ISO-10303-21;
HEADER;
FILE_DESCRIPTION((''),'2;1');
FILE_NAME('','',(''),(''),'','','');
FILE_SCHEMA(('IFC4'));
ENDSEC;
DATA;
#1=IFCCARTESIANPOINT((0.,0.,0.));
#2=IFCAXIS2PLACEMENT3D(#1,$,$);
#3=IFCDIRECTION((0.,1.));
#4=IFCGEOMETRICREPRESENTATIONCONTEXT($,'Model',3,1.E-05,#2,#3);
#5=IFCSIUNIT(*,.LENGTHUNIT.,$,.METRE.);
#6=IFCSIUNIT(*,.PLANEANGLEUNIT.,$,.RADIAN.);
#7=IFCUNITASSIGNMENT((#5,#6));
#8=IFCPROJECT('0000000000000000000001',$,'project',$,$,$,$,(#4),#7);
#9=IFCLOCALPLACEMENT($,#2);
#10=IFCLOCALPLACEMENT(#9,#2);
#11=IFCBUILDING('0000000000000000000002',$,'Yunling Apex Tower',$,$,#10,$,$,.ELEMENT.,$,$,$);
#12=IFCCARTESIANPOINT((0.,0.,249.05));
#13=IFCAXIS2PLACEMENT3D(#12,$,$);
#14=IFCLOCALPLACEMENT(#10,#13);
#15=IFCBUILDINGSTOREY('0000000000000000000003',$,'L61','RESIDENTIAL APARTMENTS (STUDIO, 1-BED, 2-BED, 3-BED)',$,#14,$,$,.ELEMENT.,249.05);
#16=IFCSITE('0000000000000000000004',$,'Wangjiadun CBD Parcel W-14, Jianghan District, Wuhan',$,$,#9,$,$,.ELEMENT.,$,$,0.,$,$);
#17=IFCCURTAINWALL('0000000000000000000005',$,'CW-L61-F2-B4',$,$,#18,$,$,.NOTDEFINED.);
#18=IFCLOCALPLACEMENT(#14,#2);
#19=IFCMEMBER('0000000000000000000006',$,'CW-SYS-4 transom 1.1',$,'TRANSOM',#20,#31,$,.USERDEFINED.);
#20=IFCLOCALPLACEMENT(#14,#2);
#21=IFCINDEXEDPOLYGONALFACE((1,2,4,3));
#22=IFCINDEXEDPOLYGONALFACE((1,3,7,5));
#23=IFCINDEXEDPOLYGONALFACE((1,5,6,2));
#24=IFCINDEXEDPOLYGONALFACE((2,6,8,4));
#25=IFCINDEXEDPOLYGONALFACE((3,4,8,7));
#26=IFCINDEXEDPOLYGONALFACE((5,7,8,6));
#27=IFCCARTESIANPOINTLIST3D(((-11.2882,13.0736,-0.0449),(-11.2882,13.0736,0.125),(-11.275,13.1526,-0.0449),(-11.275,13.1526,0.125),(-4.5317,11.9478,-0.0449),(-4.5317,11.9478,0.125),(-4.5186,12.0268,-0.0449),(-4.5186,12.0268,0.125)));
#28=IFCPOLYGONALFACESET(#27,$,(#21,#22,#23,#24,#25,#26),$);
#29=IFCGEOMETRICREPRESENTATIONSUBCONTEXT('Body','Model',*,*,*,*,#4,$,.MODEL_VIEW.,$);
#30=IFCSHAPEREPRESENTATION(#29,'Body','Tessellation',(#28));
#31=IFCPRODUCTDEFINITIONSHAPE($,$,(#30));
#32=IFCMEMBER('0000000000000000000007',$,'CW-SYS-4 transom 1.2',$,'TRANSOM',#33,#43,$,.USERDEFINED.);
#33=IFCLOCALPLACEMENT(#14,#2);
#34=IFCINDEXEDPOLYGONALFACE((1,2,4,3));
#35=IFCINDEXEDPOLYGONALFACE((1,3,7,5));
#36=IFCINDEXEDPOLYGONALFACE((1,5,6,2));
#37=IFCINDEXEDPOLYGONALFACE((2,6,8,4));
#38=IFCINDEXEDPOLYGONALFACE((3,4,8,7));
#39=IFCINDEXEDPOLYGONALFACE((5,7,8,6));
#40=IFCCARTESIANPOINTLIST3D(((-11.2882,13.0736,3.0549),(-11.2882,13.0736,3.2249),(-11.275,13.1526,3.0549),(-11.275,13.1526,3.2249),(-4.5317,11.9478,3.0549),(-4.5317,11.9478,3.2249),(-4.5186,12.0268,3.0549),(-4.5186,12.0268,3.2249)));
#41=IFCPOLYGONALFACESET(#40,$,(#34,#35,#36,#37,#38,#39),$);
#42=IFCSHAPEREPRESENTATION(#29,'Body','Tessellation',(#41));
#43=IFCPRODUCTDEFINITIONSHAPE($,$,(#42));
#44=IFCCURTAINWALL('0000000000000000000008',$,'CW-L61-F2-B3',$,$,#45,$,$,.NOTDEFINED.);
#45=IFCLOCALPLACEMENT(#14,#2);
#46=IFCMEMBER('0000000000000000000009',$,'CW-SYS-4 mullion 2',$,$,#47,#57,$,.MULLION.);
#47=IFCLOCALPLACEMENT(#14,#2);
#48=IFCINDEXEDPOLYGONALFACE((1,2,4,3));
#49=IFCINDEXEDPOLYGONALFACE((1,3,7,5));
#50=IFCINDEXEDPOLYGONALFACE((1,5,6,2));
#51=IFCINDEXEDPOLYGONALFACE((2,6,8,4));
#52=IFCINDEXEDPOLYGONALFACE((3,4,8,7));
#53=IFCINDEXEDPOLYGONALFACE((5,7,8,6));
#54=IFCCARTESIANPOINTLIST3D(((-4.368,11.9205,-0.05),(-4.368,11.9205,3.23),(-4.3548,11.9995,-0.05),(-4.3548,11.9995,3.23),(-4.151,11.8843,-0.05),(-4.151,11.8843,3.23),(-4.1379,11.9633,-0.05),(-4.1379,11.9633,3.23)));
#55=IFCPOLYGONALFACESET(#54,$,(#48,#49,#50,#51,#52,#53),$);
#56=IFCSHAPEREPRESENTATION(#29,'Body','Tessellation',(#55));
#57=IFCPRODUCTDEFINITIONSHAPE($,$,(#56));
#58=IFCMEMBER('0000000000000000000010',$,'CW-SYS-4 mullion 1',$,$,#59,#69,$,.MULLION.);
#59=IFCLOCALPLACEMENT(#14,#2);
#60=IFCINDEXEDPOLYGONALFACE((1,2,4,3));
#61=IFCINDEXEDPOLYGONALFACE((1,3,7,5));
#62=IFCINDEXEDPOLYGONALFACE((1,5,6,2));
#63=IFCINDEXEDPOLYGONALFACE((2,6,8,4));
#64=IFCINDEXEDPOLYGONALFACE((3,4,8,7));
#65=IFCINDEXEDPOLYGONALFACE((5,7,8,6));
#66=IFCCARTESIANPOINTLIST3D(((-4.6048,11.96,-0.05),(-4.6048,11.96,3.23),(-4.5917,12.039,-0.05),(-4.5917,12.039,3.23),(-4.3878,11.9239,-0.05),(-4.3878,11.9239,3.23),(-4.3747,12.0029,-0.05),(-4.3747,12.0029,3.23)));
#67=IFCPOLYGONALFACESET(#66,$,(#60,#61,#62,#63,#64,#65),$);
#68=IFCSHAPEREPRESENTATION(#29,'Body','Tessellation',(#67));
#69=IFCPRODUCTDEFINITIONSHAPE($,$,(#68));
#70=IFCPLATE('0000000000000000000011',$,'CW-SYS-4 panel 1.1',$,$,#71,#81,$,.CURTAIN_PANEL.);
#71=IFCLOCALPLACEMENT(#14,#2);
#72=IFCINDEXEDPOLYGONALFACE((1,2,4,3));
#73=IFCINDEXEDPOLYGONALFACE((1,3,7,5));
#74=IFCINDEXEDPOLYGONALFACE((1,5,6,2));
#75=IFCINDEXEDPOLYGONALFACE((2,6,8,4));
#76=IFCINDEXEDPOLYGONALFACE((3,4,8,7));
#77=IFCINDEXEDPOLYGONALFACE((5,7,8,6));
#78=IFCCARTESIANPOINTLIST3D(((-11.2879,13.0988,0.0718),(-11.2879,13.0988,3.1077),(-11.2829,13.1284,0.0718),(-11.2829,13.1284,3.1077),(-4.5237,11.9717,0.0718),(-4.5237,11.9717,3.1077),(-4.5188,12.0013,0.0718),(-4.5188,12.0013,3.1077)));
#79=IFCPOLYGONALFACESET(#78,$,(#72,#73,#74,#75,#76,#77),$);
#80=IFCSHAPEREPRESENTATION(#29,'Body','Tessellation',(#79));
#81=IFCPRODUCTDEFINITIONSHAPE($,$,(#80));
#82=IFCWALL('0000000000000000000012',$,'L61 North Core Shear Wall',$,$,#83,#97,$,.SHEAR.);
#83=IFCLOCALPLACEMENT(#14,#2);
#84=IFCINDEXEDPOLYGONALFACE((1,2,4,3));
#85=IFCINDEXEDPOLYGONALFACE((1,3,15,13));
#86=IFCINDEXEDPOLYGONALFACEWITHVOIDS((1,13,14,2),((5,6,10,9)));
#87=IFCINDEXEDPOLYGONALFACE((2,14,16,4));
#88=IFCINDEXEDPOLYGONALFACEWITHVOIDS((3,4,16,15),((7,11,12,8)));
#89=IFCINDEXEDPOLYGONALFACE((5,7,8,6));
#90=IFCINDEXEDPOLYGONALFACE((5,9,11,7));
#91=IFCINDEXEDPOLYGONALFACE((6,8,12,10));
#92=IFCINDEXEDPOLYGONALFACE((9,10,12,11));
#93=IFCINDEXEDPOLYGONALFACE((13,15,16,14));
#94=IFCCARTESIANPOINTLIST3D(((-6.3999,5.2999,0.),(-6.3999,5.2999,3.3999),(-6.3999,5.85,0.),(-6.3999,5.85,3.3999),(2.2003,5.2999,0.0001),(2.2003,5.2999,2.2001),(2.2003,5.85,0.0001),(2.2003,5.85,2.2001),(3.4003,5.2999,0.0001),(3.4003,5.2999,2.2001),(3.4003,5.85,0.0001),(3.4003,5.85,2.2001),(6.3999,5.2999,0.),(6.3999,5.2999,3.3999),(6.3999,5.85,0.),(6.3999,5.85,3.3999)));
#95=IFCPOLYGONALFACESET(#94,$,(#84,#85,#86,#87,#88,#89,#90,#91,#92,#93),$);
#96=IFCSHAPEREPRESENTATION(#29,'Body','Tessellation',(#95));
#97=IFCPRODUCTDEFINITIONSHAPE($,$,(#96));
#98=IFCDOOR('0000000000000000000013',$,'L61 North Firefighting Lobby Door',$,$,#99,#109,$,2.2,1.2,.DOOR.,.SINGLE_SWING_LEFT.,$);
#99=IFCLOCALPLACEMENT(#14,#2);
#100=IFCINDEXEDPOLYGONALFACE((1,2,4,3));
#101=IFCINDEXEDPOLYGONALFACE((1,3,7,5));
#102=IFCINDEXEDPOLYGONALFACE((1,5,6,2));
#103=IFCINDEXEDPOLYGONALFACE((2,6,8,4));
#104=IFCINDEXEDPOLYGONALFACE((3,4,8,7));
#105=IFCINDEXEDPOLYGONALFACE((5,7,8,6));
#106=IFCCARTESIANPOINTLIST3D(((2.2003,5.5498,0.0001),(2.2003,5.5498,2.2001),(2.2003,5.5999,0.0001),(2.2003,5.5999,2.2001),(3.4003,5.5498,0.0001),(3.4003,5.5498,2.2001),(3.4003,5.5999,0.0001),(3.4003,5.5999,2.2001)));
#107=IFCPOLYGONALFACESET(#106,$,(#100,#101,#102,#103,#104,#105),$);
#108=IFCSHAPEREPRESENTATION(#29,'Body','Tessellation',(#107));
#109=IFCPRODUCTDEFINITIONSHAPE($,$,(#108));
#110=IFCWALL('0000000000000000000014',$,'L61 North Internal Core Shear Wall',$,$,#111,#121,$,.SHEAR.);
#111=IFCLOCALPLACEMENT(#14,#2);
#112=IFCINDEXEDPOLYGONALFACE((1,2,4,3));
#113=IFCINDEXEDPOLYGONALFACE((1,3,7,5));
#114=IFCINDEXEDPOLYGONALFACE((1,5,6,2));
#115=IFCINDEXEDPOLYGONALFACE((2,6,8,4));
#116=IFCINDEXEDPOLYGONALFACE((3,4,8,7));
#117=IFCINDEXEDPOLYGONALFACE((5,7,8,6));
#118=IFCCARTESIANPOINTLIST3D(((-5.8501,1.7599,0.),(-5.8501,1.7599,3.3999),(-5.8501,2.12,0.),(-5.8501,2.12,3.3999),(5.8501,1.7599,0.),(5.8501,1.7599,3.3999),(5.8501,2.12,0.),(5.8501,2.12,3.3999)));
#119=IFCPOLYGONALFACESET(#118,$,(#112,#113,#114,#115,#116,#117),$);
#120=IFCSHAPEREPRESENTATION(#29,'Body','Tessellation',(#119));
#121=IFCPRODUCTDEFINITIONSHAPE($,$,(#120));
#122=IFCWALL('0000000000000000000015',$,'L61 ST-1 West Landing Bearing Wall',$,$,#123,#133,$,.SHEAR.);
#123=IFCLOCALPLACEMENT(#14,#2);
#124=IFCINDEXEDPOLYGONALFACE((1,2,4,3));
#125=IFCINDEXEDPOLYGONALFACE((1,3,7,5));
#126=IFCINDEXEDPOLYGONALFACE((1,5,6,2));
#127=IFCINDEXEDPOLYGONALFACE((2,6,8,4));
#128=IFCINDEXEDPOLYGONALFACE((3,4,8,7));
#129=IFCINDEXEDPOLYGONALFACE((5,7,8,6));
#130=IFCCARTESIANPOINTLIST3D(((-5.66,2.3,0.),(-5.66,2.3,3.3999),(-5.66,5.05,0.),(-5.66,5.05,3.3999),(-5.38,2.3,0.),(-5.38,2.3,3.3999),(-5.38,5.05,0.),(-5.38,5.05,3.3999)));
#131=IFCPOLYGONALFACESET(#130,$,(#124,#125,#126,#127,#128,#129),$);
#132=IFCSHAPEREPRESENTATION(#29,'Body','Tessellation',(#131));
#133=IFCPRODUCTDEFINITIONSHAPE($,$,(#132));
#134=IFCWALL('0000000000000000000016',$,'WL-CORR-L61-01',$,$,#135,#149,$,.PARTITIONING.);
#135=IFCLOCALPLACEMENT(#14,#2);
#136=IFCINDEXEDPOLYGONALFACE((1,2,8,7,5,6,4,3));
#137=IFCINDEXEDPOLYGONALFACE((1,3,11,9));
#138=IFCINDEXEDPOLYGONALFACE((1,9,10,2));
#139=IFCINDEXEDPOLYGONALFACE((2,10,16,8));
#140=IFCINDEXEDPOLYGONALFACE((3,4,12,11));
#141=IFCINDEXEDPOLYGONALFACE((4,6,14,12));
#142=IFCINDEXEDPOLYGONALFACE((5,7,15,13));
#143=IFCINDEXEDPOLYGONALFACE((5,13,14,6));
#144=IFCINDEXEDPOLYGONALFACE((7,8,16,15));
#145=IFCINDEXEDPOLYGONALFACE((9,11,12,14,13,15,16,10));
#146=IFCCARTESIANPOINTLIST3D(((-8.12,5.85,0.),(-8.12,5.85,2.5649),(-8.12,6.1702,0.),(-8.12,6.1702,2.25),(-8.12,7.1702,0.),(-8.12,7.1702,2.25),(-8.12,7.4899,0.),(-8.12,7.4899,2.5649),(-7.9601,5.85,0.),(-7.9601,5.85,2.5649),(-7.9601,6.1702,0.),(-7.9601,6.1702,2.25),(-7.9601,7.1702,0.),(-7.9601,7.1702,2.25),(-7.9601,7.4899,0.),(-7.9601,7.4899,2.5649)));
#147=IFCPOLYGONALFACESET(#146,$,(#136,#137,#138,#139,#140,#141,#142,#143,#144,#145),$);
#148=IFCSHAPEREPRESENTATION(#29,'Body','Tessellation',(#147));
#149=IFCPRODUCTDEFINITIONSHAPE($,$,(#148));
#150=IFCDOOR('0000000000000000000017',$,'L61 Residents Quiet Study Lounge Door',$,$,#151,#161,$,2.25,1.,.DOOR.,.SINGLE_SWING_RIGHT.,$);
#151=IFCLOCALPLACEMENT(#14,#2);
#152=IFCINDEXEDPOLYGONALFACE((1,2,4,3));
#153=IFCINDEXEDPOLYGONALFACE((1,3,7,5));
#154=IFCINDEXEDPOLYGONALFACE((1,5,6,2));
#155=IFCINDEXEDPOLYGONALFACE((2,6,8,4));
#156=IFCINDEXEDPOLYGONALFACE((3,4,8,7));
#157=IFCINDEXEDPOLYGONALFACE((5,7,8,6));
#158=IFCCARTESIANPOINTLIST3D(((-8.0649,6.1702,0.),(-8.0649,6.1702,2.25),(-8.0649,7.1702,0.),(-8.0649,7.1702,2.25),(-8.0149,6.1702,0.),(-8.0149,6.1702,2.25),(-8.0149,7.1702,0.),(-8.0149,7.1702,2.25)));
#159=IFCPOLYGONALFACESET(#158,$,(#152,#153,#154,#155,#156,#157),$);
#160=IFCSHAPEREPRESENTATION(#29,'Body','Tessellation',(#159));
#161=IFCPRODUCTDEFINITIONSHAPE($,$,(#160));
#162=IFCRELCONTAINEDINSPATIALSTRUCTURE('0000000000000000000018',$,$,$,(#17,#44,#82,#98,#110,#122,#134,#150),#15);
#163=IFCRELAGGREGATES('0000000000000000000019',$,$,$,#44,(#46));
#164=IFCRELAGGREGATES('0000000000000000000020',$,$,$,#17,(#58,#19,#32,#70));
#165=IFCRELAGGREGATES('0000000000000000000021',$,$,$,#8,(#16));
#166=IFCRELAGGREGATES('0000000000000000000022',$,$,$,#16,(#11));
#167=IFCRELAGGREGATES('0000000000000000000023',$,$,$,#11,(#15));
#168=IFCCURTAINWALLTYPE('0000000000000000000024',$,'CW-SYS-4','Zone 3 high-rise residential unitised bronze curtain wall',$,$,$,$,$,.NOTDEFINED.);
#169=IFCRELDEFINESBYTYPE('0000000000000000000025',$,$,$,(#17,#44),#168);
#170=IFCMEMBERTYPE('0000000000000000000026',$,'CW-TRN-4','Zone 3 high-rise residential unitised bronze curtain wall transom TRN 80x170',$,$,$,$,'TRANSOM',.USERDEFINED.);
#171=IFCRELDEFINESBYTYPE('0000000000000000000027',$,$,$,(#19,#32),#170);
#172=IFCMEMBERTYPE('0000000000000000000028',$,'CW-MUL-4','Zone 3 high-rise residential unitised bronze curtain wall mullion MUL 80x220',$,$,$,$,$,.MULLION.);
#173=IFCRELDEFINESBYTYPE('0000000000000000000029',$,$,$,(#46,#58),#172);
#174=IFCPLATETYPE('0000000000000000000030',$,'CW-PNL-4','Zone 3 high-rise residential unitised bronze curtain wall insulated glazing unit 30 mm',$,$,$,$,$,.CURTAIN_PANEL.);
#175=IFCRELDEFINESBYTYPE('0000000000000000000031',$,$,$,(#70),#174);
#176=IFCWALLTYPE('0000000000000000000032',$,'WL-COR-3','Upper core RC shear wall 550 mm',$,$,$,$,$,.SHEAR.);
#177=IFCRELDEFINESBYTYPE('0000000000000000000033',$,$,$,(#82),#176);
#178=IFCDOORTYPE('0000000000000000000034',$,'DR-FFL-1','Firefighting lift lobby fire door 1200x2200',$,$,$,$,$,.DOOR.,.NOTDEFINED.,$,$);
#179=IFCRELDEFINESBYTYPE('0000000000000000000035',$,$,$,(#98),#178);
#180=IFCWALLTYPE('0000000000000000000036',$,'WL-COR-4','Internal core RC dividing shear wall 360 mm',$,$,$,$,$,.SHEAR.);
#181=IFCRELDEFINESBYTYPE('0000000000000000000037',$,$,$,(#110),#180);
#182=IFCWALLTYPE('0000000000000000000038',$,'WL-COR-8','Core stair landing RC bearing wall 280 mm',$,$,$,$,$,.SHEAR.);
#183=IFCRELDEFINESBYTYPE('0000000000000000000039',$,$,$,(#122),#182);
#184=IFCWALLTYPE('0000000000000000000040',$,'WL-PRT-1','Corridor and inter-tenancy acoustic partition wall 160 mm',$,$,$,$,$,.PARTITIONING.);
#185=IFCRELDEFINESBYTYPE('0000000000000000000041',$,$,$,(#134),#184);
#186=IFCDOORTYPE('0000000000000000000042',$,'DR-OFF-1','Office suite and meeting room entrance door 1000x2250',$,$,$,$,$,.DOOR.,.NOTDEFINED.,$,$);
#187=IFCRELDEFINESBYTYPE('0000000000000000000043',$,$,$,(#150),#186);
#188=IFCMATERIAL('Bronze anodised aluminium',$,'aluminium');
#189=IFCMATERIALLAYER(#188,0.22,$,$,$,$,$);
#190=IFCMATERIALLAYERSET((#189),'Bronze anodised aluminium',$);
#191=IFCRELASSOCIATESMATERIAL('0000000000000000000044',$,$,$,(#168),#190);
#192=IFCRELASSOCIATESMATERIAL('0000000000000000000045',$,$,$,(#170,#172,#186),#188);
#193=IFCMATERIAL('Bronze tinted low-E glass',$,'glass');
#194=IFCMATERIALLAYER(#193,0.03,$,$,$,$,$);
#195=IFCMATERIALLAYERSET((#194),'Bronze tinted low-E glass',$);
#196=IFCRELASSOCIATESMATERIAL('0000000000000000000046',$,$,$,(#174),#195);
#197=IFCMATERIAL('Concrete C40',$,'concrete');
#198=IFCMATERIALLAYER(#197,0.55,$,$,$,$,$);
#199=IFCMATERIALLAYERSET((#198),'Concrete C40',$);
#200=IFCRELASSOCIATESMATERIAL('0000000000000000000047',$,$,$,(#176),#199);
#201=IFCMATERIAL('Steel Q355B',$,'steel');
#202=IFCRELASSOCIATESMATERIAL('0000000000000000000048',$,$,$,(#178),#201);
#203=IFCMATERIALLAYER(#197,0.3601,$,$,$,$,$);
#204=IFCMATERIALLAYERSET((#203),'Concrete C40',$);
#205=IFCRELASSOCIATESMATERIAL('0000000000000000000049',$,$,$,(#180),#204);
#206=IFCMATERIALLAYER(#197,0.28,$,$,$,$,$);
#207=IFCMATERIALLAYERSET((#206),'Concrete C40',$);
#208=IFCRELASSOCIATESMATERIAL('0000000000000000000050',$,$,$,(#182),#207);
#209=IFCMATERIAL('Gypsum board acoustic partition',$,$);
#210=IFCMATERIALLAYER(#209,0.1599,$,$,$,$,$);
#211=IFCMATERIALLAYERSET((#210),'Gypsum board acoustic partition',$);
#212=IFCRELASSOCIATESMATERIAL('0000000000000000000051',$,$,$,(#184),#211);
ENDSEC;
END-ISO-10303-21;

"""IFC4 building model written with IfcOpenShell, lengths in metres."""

from ifc_helpers import new_model, si_unit, direction, frame, frame_2d, origin, origin_2d, place, context, subcontext, project, spatial, rectangle, extrude, source, transform, mapped, material, layer, layer_set, material_profile, profile_set, type_object, element, fill, aggregate, save


model = new_model("IFC4")

# Units and contexts
model_context = context("Model", 3, precision=1e-05, world=origin(), true_north=direction((0.0, 1.0)))
body_context = subcontext(model_context, "Body", "Model", "MODEL_VIEW")
ifc_project = project(units=[si_unit("LENGTHUNIT", "METRE"), si_unit("PLANEANGLEUNIT", "RADIAN")], contexts=[model_context])

# Site, building, storey
site_placement = place(None, origin())
site = spatial("IfcSite", under=ifc_project, at=site_placement, Name="Wangjiadun CBD Parcel W-14, Jianghan District, Wuhan", CompositionType="ELEMENT", RefElevation=0.0)
building_placement = place(site_placement, origin())
building = spatial("IfcBuilding", under=site, at=building_placement, Name="Yunling Apex Tower", CompositionType="ELEMENT")
storey_placement = place(building_placement, frame((0.0, 0.0, 249.05)))
storey = spatial("IfcBuildingStorey", under=building, at=storey_placement, Name="L61", Description="RESIDENTIAL APARTMENTS (STUDIO, 1-BED, 2-BED, 3-BED)", CompositionType="ELEMENT", Elevation=249.05)

# Shared definitions
ifc_material_1 = material(Name="Steel Q355B", Category="steel")

# Curtain wall, members
ifc_material_2 = material(Name="Bronze anodised aluminium", Category="aluminium")
ifc_layer_1 = layer(ifc_material_2, 0.22)
ifc_layer_set_1 = layer_set([ifc_layer_1], Name="Bronze anodised aluminium")
curtain_wall_type = type_object("IfcCurtainWallType", Name="CW-SYS-4", Description="Zone 3 high-rise residential unitised bronze curtain wall", PredefinedType="NOTDEFINED", material=ifc_layer_set_1)
curtain_wall_1_placement = place(storey_placement, origin())
curtain_wall_1 = element("IfcCurtainWall", 1, at=curtain_wall_1_placement, inside=storey, type_object=curtain_wall_type, Name="CW-L61-F2-B4", PredefinedType="NOTDEFINED")
ifc_material_profile_1 = material_profile(ifc_material_2, rectangle(XDim=0.0801, YDim=0.1699, at=origin_2d()))
ifc_profile_set_1 = profile_set([ifc_material_profile_1], Name="Bronze anodised aluminium")
member_type_1 = type_object("IfcMemberType", Name="CW-TRN-4", Description="Zone 3 high-rise residential unitised bronze curtain wall transom TRN 80x170", ElementType="TRANSOM", PredefinedType="USERDEFINED", material=ifc_profile_set_1)
shared_shape_1 = source(origin(), body_context, "Body", "SweptSolid", [
    extrude(rectangle(XDim=0.0801, YDim=0.1699, at=origin_2d()), origin(), (0.0, 0.0, 1.0), 6.8496),
])
member_1_placement = place(storey_placement, frame((-4.5251, 11.9873, 0.04), z_axis=(-0.986402, 0.164353, 0.0), x_axis=(-0.164353, -0.986402, 0.0)))
member_1 = element("IfcMember", 2, at=member_1_placement, type_object=member_type_1, Name="CW-SYS-4 transom 1.1", ObjectType="TRANSOM", PredefinedType="USERDEFINED", context=body_context, shape_type="MappedRepresentation", body=[
    mapped(shared_shape_1, transform((0.0, 0.0, 0.0), scale=1.0)),
])
member_2_placement = place(storey_placement, frame((-4.5251, 11.9873, 3.1399), z_axis=(-0.986402, 0.164353, 0.0), x_axis=(-0.164353, -0.986402, 0.0)))
member_2 = element("IfcMember", 3, at=member_2_placement, type_object=member_type_1, Name="CW-SYS-4 transom 1.2", ObjectType="TRANSOM", PredefinedType="USERDEFINED", context=body_context, shape_type="MappedRepresentation", body=[
    mapped(shared_shape_1, transform((0.0, 0.0, 0.0), scale=1.0)),
])

# Curtain wall, member
curtain_wall_2_placement = place(storey_placement, origin())
curtain_wall_2 = element("IfcCurtainWall", 4, at=curtain_wall_2_placement, inside=storey, type_object=curtain_wall_type, Name="CW-L61-F2-B3", PredefinedType="NOTDEFINED")
ifc_material_profile_2 = material_profile(ifc_material_2, rectangle(XDim=0.0801, YDim=0.22, at=origin_2d()))
ifc_profile_set_2 = profile_set([ifc_material_profile_2], Name="Bronze anodised aluminium")
member_type_2 = type_object("IfcMemberType", Name="CW-MUL-4", Description="Zone 3 high-rise residential unitised bronze curtain wall mullion MUL 80x220", PredefinedType="MULLION", material=ifc_profile_set_2)
shared_shape_2 = source(origin(), body_context, "Body", "SweptSolid", [
    extrude(rectangle(XDim=0.0801, YDim=0.22, at=origin_2d()), origin(), (0.0, 0.0, 1.0), 3.28),
])
member_3_placement = place(storey_placement, frame((-4.2529, 11.9419, -0.05), z_axis=(0.0, 0.0, 1.0), x_axis=(-0.164353, -0.986402, 0.0)))
member_3 = element("IfcMember", 5, at=member_3_placement, type_object=member_type_2, Name="CW-SYS-4 mullion 2", PredefinedType="MULLION", context=body_context, shape_type="MappedRepresentation", body=[
    mapped(shared_shape_2, transform((0.0, 0.0, 0.0), scale=1.0)),
])
aggregate(curtain_wall_2, [member_3])

# Member
member_4_placement = place(storey_placement, frame((-4.4897, 11.9814, -0.05), z_axis=(0.0, 0.0, 1.0), x_axis=(-0.164353, -0.986402, 0.0)))
member_4 = element("IfcMember", 6, at=member_4_placement, type_object=member_type_2, Name="CW-SYS-4 mullion 1", PredefinedType="MULLION", context=body_context, shape_type="MappedRepresentation", body=[
    mapped(shared_shape_2, transform((0.0, 0.0, 0.0), scale=1.0)),
])

# Plate
ifc_material_3 = material(Name="Bronze tinted low-E glass", Category="glass")
ifc_layer_2 = layer(ifc_material_3, 0.03)
ifc_layer_set_2 = layer_set([ifc_layer_2], Name="Bronze tinted low-E glass")
plate_type = type_object("IfcPlateType", Name="CW-PNL-4", Description="Zone 3 high-rise residential unitised bronze curtain wall insulated glazing unit 30 mm", PredefinedType="CURTAIN_PANEL", material=ifc_layer_set_2)
shared_shape_3 = source(origin(), body_context, "Body", "SweptSolid", [
    extrude(rectangle(XDim=6.8574, YDim=0.03, at=origin_2d()), origin(), (0.0, 0.0, 1.0), 3.0359),
])
plate_placement = place(storey_placement, frame((-7.9033, 12.55, 0.0718), z_axis=(0.0, 0.0, 1.0), x_axis=(-0.986402, 0.164353, 0.0)))
plate = element("IfcPlate", 7, at=plate_placement, type_object=plate_type, Name="CW-SYS-4 panel 1.1", PredefinedType="CURTAIN_PANEL", context=body_context, shape_type="MappedRepresentation", body=[
    mapped(shared_shape_3, transform((0.0, 0.0, 0.0), scale=1.0)),
])
aggregate(curtain_wall_1, [member_4, member_1, member_2, plate])

# Wall, opening, door
ifc_material_4 = material(Name="Concrete C40", Category="concrete")
ifc_layer_3 = layer(ifc_material_4, 0.55)
ifc_layer_set_3 = layer_set([ifc_layer_3], Name="Concrete C40")
wall_type_1 = type_object("IfcWallType", Name="WL-COR-3", Description="Upper core RC shear wall 550 mm", PredefinedType="SHEAR", material=ifc_layer_set_3)
wall_1_placement = place(storey_placement, frame((-6.3999, 5.575, 0.0), z_axis=(0.0, 0.0, 1.0), x_axis=(1.0, 0.0, 0.0)))
wall_1 = element("IfcWall", 8, at=wall_1_placement, inside=storey, type_object=wall_type_1, Name="L61 North Core Shear Wall", PredefinedType="SHEAR", context=body_context, shape_type="SweptSolid", body=[
    extrude(rectangle(XDim=12.7998, YDim=0.55, at=frame_2d((6.3999, 0.0))), origin(), (0.0, 0.0, 1.0), 3.3999),
])
opening_1_placement = place(wall_1_placement, frame((8.6001, 0.0, 0.0)))
opening_1 = element("IfcOpeningElement", 9, at=opening_1_placement, cuts=wall_1, PredefinedType="OPENING", context=body_context, shape_type="SweptSolid", body=[
    extrude(rectangle(XDim=1.2, YDim=2.2, at=frame_2d((0.6001, 1.1001))), frame((0.0, 0.2852, 0.0), z_axis=(0.0, -1.0, 0.0), x_axis=(1.0, 0.0, 0.0)), (0.0, 0.0, 1.0), 0.5701),
])
door_type_1 = type_object("IfcDoorType", Name="DR-FFL-1", Description="Firefighting lift lobby fire door 1200x2200", OperationType="NOTDEFINED", PredefinedType="DOOR", material=ifc_material_1)
door_1_placement = place(opening_1_placement, origin())
door_1 = element("IfcDoor", 10, at=door_1_placement, inside=storey, type_object=door_type_1, Name="L61 North Firefighting Lobby Door", OperationType="SINGLE_SWING_LEFT", OverallHeight=2.2, OverallWidth=1.2, PredefinedType="DOOR", context=body_context, shape_type="SweptSolid", body=[
    extrude(rectangle(XDim=1.2, YDim=2.2, at=frame_2d((0.6001, 1.1001))), frame((0.0, 0.0249, 0.0), z_axis=(0.0, -1.0, 0.0), x_axis=(1.0, 0.0, 0.0)), (0.0, 0.0, 1.0), 0.05),
])
fill(opening_1, door_1)

# Walls
ifc_layer_4 = layer(ifc_material_4, 0.3601)
ifc_layer_set_4 = layer_set([ifc_layer_4], Name="Concrete C40")
wall_type_2 = type_object("IfcWallType", Name="WL-COR-4", Description="Internal core RC dividing shear wall 360 mm", PredefinedType="SHEAR", material=ifc_layer_set_4)
wall_2_placement = place(storey_placement, frame((-5.8501, 1.9399, 0.0), z_axis=(0.0, 0.0, 1.0), x_axis=(1.0, 0.0, 0.0)))
element("IfcWall", 11, at=wall_2_placement, inside=storey, type_object=wall_type_2, Name="L61 North Internal Core Shear Wall", PredefinedType="SHEAR", context=body_context, shape_type="SweptSolid", body=[
    extrude(rectangle(XDim=11.7002, YDim=0.3601, at=frame_2d((5.8501, 0.0))), origin(), (0.0, 0.0, 1.0), 3.3999),
])
ifc_layer_5 = layer(ifc_material_4, 0.28)
ifc_layer_set_5 = layer_set([ifc_layer_5], Name="Concrete C40")
wall_type_3 = type_object("IfcWallType", Name="WL-COR-8", Description="Core stair landing RC bearing wall 280 mm", PredefinedType="SHEAR", material=ifc_layer_set_5)
wall_3_placement = place(storey_placement, frame((-5.52, 2.3, 0.0), z_axis=(0.0, 0.0, 1.0), x_axis=(0.0, 1.0, 0.0)))
element("IfcWall", 12, at=wall_3_placement, inside=storey, type_object=wall_type_3, Name="L61 ST-1 West Landing Bearing Wall", PredefinedType="SHEAR", context=body_context, shape_type="SweptSolid", body=[
    extrude(rectangle(XDim=2.75, YDim=0.28, at=frame_2d((1.375, 0.0))), origin(), (0.0, 0.0, 1.0), 3.3999),
])

# Wall, opening, door
ifc_material_5 = material(Name="Gypsum board acoustic partition")
ifc_layer_6 = layer(ifc_material_5, 0.1599)
ifc_layer_set_6 = layer_set([ifc_layer_6], Name="Gypsum board acoustic partition")
wall_type_4 = type_object("IfcWallType", Name="WL-PRT-1", Description="Corridor and inter-tenancy acoustic partition wall 160 mm", PredefinedType="PARTITIONING", material=ifc_layer_set_6)
wall_4_placement = place(storey_placement, frame((-8.04, 5.8501, 0.0), z_axis=(0.0, 0.0, 1.0), x_axis=(0.0, 1.0, 0.0)))
wall_4 = element("IfcWall", 13, at=wall_4_placement, inside=storey, type_object=wall_type_4, Name="WL-CORR-L61-01", PredefinedType="PARTITIONING", context=body_context, shape_type="SweptSolid", body=[
    extrude(rectangle(XDim=1.6399, YDim=0.1599, at=frame_2d((0.8198, 0.0))), origin(), (0.0, 0.0, 1.0), 2.5649),
])
opening_2_placement = place(wall_4_placement, frame((0.3201, 0.0, 0.0)))
opening_2 = element("IfcOpeningElement", 14, at=opening_2_placement, cuts=wall_4, PredefinedType="OPENING", context=body_context, shape_type="SweptSolid", body=[
    extrude(rectangle(XDim=1.0, YDim=2.25, at=frame_2d((0.5, 1.125))), frame((0.0, 0.0898, 0.0), z_axis=(0.0, -1.0, 0.0), x_axis=(1.0, 0.0, 0.0)), (0.0, 0.0, 1.0), 0.1799),
])
door_type_2 = type_object("IfcDoorType", Name="DR-OFF-1", Description="Office suite and meeting room entrance door 1000x2250", OperationType="NOTDEFINED", PredefinedType="DOOR", material=ifc_material_2)
door_2_placement = place(opening_2_placement, origin())
door_2 = element("IfcDoor", 15, at=door_2_placement, inside=storey, type_object=door_type_2, Name="L61 Residents Quiet Study Lounge Door", OperationType="SINGLE_SWING_RIGHT", OverallHeight=2.25, OverallWidth=1.0, PredefinedType="DOOR", context=body_context, shape_type="SweptSolid", body=[
    extrude(rectangle(XDim=1.0, YDim=2.25, at=frame_2d((0.5, 1.125))), frame((0.0, 0.0249, 0.0), z_axis=(0.0, -1.0, 0.0), x_axis=(1.0, 0.0, 0.0)), (0.0, 0.0, 1.0), 0.05),
])
fill(opening_2, door_2)

save(model, "model.ifc")
